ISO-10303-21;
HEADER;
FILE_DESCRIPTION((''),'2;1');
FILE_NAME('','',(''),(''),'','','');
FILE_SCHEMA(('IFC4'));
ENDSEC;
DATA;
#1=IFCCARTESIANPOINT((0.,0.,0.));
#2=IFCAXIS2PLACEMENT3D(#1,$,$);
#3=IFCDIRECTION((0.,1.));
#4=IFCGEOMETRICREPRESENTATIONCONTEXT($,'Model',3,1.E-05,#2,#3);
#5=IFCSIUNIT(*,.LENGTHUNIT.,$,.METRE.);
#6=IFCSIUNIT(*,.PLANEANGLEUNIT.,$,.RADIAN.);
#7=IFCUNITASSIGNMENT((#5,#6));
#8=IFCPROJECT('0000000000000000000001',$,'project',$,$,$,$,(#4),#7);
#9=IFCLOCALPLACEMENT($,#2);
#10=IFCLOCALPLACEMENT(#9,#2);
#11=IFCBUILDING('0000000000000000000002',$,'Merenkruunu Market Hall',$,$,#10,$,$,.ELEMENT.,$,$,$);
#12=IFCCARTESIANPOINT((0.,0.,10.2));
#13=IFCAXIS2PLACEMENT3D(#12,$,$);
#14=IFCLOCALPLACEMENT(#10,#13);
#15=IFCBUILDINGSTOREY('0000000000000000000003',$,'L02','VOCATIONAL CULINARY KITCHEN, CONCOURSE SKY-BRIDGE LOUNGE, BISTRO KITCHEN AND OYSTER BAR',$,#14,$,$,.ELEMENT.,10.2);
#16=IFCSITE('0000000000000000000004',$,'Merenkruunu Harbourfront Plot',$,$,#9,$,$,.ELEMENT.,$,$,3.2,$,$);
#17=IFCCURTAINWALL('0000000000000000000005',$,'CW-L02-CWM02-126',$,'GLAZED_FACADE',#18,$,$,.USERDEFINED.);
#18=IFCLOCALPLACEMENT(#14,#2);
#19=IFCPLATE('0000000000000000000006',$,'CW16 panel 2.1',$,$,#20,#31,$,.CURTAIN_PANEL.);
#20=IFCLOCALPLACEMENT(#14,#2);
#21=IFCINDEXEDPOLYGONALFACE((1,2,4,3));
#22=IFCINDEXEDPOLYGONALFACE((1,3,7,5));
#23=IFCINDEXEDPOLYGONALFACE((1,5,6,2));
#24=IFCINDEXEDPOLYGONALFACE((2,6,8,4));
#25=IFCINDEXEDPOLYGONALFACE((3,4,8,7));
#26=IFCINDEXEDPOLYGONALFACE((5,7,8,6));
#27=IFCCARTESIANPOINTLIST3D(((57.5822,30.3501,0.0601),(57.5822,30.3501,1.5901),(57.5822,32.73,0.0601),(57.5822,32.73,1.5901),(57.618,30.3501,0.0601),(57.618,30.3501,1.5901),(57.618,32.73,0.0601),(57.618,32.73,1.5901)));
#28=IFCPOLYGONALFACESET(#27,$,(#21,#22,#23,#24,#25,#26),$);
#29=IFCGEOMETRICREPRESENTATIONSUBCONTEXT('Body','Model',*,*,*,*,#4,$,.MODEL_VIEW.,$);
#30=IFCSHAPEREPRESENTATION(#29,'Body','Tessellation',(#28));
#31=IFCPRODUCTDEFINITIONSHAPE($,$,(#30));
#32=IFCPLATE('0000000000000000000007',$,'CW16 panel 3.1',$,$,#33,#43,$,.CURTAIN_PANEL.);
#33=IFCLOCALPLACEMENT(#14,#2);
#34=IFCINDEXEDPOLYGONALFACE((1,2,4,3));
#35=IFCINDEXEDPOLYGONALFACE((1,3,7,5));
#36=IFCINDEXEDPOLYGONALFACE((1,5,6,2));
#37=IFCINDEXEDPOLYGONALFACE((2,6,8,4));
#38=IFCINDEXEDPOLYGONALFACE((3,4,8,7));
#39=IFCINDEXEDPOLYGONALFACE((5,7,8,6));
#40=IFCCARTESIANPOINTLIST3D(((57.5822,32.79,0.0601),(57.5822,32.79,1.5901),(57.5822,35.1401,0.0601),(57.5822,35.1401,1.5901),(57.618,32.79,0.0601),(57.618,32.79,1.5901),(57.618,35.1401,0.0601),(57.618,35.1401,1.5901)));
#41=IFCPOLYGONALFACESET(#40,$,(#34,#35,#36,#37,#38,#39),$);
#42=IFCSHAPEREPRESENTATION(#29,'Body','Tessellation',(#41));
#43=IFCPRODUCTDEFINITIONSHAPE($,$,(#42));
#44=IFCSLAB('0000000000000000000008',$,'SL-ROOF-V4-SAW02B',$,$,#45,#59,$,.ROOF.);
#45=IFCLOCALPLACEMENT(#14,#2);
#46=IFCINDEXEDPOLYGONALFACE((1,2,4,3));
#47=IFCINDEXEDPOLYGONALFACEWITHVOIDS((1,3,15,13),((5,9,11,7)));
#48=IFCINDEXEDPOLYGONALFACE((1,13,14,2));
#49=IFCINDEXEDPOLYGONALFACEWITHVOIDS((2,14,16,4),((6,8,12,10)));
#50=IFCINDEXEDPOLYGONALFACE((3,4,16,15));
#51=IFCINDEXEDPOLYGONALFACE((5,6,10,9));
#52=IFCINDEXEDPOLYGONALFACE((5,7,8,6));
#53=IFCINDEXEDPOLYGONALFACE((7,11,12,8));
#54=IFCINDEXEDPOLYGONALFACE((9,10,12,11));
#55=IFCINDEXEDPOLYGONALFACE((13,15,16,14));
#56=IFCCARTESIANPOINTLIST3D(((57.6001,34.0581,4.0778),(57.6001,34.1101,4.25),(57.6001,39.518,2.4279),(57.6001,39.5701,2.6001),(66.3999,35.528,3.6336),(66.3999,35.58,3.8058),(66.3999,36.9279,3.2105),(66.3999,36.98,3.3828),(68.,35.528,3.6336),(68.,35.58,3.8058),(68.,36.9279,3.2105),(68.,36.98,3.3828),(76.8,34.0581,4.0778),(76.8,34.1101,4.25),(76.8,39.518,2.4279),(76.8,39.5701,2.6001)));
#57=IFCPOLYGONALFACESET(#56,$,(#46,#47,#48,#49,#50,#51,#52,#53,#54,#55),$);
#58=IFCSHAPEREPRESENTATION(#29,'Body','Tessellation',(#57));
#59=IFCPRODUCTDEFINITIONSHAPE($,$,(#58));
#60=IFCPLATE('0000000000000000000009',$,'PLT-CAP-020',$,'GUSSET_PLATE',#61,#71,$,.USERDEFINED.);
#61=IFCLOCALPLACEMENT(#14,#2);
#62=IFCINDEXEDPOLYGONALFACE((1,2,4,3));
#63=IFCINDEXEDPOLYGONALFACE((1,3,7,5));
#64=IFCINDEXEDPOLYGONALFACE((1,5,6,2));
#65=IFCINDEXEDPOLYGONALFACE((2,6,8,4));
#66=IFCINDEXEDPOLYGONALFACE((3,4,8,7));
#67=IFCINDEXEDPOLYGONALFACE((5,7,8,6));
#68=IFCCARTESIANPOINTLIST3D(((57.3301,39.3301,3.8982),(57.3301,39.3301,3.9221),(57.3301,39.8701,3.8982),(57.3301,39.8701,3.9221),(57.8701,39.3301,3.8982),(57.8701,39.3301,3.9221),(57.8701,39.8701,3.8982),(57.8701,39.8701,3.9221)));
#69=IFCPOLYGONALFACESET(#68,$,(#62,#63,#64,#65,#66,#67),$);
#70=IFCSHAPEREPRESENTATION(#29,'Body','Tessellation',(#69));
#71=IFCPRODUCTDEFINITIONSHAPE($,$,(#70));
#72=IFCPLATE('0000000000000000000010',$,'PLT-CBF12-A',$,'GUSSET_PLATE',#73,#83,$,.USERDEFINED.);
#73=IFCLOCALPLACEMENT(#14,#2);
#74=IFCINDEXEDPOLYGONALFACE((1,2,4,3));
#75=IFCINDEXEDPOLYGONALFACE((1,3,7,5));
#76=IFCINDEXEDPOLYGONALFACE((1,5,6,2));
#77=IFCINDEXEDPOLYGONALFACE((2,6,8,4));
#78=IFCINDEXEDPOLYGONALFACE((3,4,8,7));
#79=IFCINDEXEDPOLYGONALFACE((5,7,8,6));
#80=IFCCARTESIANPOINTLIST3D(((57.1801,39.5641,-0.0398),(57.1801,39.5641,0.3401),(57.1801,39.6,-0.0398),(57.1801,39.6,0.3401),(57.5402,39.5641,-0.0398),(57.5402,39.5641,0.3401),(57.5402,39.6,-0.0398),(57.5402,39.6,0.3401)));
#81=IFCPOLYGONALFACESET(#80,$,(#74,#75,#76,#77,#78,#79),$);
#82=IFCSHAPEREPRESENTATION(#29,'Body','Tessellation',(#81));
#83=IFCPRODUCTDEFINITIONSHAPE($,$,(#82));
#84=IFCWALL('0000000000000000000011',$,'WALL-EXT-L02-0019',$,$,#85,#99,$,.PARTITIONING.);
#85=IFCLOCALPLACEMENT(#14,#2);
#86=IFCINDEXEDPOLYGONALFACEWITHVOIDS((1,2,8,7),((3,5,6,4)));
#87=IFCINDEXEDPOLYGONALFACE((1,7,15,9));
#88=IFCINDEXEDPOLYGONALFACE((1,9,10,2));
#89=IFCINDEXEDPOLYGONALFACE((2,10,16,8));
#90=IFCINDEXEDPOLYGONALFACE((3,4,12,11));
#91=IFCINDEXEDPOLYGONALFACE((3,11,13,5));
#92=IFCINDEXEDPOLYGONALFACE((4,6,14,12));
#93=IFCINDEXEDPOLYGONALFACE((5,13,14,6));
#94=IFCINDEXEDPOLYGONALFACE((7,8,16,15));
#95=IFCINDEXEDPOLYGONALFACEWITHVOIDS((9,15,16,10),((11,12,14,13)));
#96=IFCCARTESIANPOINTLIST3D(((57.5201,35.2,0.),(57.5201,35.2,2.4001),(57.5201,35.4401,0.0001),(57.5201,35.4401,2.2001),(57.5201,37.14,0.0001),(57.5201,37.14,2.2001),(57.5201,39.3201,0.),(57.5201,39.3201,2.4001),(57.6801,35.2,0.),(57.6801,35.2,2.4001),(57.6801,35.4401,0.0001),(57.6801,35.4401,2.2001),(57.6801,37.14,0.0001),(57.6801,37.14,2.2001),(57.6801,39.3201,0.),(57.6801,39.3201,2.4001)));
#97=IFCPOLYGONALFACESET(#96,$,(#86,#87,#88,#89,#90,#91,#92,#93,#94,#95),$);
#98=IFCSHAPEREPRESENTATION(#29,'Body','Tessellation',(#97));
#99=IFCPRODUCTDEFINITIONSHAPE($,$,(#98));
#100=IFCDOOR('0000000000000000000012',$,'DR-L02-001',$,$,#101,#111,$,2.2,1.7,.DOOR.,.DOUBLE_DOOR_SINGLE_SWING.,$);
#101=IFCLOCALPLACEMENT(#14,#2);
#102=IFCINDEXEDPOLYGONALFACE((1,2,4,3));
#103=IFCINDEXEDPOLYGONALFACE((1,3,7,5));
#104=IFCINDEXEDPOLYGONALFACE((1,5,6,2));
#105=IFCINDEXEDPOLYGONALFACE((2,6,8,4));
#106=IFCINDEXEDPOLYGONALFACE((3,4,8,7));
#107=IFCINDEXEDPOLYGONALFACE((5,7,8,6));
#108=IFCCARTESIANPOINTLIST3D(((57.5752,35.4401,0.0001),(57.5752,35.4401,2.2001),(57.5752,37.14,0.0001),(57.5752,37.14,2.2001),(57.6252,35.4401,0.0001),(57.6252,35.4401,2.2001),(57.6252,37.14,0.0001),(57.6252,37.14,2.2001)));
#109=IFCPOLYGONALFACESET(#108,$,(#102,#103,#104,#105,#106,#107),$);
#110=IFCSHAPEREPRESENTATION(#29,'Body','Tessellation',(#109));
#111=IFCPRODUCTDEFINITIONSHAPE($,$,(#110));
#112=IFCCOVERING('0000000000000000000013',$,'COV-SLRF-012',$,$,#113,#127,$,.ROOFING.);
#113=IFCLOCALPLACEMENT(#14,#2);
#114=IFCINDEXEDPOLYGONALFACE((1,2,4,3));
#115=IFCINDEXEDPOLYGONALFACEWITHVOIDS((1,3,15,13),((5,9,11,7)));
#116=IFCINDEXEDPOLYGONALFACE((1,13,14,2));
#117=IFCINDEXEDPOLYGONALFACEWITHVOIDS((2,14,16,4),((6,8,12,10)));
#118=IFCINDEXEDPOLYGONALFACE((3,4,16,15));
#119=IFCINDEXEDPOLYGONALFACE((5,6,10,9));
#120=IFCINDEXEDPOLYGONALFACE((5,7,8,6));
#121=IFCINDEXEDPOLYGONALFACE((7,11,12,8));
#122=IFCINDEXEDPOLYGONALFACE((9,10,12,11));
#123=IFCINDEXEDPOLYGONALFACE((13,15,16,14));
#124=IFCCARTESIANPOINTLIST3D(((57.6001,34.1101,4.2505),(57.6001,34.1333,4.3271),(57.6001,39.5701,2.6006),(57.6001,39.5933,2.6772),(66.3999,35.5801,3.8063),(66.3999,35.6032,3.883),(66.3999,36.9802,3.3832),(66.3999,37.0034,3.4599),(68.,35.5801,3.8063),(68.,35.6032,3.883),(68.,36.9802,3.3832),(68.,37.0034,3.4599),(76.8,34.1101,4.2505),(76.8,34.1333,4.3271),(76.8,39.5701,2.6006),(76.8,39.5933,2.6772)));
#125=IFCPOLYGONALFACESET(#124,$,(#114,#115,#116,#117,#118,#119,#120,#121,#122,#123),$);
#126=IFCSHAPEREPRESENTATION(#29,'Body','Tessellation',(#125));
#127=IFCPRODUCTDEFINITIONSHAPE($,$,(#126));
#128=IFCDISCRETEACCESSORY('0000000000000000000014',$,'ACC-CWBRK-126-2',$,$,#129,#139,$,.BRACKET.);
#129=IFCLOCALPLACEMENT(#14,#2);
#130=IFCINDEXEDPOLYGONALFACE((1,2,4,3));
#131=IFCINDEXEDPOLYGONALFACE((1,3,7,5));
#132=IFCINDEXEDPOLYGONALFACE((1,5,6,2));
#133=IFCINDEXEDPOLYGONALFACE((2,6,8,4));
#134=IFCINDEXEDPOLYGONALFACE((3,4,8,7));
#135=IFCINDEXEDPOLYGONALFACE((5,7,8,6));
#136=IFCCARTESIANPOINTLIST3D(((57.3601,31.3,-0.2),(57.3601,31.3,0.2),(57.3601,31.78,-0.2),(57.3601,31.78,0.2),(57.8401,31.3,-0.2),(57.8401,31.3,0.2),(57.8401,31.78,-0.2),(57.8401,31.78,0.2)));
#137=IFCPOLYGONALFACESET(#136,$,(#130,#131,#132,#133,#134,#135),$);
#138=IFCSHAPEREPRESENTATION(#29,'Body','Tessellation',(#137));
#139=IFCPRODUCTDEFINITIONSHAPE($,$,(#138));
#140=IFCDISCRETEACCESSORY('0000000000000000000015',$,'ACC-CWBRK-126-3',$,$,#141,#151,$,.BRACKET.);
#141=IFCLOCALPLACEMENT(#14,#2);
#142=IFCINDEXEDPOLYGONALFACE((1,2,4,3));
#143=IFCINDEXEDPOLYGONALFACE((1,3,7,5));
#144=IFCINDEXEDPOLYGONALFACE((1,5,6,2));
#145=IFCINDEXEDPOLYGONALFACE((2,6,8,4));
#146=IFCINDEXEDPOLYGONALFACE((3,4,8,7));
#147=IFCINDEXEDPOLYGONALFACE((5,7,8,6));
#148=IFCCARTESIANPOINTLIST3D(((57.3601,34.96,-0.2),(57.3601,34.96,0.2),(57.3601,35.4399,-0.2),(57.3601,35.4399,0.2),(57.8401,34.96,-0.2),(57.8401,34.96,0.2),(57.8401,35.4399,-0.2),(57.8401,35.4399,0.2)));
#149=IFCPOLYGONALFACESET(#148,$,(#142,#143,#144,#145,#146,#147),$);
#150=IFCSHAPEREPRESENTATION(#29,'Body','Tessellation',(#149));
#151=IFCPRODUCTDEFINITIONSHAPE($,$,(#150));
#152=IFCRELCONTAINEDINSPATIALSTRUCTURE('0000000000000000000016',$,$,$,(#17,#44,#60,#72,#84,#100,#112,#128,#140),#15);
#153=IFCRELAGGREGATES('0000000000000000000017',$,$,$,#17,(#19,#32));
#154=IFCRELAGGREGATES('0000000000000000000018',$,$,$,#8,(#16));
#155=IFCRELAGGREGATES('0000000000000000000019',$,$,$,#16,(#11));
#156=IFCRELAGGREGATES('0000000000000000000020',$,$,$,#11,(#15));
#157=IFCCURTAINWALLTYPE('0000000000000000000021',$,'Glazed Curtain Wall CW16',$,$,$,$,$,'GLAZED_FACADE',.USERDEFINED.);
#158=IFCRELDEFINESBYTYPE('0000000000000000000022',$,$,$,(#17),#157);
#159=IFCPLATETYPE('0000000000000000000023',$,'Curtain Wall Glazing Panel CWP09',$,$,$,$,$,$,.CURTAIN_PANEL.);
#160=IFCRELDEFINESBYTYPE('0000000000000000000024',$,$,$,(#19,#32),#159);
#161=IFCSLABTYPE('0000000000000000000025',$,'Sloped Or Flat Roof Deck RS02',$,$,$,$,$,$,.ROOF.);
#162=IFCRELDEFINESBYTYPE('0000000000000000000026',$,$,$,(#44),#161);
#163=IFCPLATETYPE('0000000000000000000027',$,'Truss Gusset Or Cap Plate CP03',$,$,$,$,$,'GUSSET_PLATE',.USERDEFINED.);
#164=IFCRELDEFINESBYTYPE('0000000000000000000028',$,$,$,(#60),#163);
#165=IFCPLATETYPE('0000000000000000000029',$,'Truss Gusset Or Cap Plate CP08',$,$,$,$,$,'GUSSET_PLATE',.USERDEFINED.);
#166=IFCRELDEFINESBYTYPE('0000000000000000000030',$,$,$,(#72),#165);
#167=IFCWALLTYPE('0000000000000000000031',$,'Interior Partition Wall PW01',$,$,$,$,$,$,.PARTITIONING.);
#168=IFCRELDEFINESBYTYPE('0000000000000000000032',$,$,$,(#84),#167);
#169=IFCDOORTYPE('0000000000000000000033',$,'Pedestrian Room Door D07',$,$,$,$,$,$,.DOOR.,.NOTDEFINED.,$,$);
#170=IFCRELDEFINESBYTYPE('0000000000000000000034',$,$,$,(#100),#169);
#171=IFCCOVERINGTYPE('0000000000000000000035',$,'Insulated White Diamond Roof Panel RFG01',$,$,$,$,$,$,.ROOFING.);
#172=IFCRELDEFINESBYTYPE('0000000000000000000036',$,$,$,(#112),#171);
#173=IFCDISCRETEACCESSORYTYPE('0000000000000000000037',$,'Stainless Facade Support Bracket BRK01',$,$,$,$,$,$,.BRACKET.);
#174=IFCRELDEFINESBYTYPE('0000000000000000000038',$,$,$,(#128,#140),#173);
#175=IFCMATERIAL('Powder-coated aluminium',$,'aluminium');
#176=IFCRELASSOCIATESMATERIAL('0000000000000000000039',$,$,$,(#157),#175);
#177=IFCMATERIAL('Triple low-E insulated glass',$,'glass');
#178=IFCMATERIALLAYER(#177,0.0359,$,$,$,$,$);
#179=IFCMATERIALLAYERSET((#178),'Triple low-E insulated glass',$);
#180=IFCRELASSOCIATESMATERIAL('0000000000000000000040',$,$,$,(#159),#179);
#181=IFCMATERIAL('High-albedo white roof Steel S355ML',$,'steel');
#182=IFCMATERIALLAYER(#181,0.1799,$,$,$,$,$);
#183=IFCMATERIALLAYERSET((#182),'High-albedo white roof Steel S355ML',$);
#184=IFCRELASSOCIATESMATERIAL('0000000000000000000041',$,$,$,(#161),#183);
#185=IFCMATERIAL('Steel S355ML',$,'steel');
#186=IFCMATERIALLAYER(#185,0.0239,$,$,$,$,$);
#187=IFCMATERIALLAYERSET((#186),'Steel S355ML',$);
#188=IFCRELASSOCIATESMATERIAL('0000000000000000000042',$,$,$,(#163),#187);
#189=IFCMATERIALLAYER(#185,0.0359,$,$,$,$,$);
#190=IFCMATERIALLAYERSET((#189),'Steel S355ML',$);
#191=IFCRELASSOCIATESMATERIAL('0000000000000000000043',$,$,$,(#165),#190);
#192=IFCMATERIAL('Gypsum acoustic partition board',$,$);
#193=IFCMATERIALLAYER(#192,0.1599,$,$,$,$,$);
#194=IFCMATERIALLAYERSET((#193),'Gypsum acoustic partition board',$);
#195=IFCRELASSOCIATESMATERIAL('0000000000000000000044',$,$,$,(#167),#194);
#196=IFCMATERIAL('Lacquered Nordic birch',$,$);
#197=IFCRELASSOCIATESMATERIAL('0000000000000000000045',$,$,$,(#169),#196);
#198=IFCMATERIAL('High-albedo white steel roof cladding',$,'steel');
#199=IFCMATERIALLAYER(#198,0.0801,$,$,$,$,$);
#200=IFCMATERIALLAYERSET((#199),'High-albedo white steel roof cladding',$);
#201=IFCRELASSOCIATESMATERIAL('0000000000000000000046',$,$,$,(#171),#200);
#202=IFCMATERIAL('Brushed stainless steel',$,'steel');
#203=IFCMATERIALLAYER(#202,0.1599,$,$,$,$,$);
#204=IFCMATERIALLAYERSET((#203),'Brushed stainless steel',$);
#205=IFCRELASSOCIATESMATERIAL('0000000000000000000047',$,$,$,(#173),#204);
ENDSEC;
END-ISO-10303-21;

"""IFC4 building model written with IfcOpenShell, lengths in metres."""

from ifc_helpers import new_model, si_unit, direction, frame, frame_2d, origin, origin_2d, place, context, subcontext, project, spatial, polyline, rectangle, outline, extrude, material, layer, layer_set, type_object, element, fill, aggregate, save


model = new_model("IFC4")

# Units and contexts
model_context = context("Model", 3, precision=1e-05, world=origin(), true_north=direction((0.0, 1.0)))
body_context = subcontext(model_context, "Body", "Model", "MODEL_VIEW")
ifc_project = project(units=[si_unit("LENGTHUNIT", "METRE"), si_unit("PLANEANGLEUNIT", "RADIAN")], contexts=[model_context])

# Site, building, storey
site_placement = place(None, origin())
site = spatial("IfcSite", under=ifc_project, at=site_placement, Name="Merenkruunu Harbourfront Plot", CompositionType="ELEMENT", RefElevation=3.2)
building_placement = place(site_placement, origin())
building = spatial("IfcBuilding", under=site, at=building_placement, Name="Merenkruunu Market Hall", CompositionType="ELEMENT")
storey_placement = place(building_placement, frame((0.0, 0.0, 10.2)))
storey = spatial("IfcBuildingStorey", under=building, at=storey_placement, Name="L02", Description="VOCATIONAL CULINARY KITCHEN, CONCOURSE SKY-BRIDGE LOUNGE, BISTRO KITCHEN AND OYSTER BAR", CompositionType="ELEMENT", Elevation=10.2)

# Shared definitions
ifc_material_1 = material(Name="Steel S355ML", Category="steel")

# Curtain wall
ifc_material_2 = material(Name="Powder-coated aluminium", Category="aluminium")
curtain_wall_type = type_object("IfcCurtainWallType", Name="Glazed Curtain Wall CW16", ElementType="GLAZED_FACADE", PredefinedType="USERDEFINED", material=ifc_material_2)
curtain_wall_placement = place(storey_placement, origin())
curtain_wall = element("IfcCurtainWall", 1, at=curtain_wall_placement, inside=storey, type_object=curtain_wall_type, Name="CW-L02-CWM02-126", ObjectType="GLAZED_FACADE", PredefinedType="USERDEFINED")

# Plates
ifc_material_3 = material(Name="Triple low-E insulated glass", Category="glass")
ifc_layer_1 = layer(ifc_material_3, 0.0359)
ifc_layer_set_1 = layer_set([ifc_layer_1], Name="Triple low-E insulated glass")
plate_type_1 = type_object("IfcPlateType", Name="Curtain Wall Glazing Panel CWP09", PredefinedType="CURTAIN_PANEL", material=ifc_layer_set_1)
plate_1_placement = place(storey_placement, frame((57.6001, 31.54, 0.0601), z_axis=(0.0, 0.0, 1.0), x_axis=(0.0, 1.0, 0.0)))
plate_1 = element("IfcPlate", 2, at=plate_1_placement, type_object=plate_type_1, Name="CW16 panel 2.1", PredefinedType="CURTAIN_PANEL", context=body_context, shape_type="SweptSolid", body=[
    extrude(rectangle(XDim=2.3799, YDim=0.0359, at=origin_2d()), origin(), (0.0, 0.0, 1.0), 1.53),
])
plate_2_placement = place(storey_placement, frame((57.6001, 33.9651, 0.0601), z_axis=(0.0, 0.0, 1.0), x_axis=(0.0, 1.0, 0.0)))
plate_2 = element("IfcPlate", 3, at=plate_2_placement, type_object=plate_type_1, Name="CW16 panel 3.1", PredefinedType="CURTAIN_PANEL", context=body_context, shape_type="SweptSolid", body=[
    extrude(rectangle(XDim=2.3501, YDim=0.0359, at=origin_2d()), origin(), (0.0, 0.0, 1.0), 1.53),
])
aggregate(curtain_wall, [plate_1, plate_2])

# Slab
ifc_material_4 = material(Name="High-albedo white roof Steel S355ML", Category="steel")
ifc_layer_2 = layer(ifc_material_4, 0.1799)
ifc_layer_set_2 = layer_set([ifc_layer_2], Name="High-albedo white roof Steel S355ML")
slab_type = type_object("IfcSlabType", Name="Sloped Or Flat Roof Deck RS02", PredefinedType="ROOF", material=ifc_layer_set_2)
slab_placement = place(storey_placement, frame((57.6001, 34.1101, 4.25), z_axis=(0.0, 0.289264, 0.957249), x_axis=(1.0, 0.0, 0.0)))
element("IfcSlab", 4, at=slab_placement, inside=storey, type_object=slab_type, Name="SL-ROOF-V4-SAW02B", PredefinedType="ROOF", context=body_context, shape_type="SweptSolid", body=[
    extrude(outline(polyline([(0.0, 0.0), (19.2, 0.0), (19.2, 5.7038), (0.0, 5.7038), (0.0, 0.0)]), holes=[polyline([(8.7998, 1.5356), (10.3999, 1.5356), (10.3999, 2.998), (8.7998, 2.998), (8.7998, 1.5356)])]), origin(), (0.0, 0.0, -1.0), 0.1799),
])

# Plates
ifc_layer_3 = layer(ifc_material_1, 0.0239)
ifc_layer_set_3 = layer_set([ifc_layer_3], Name="Steel S355ML")
plate_type_2 = type_object("IfcPlateType", Name="Truss Gusset Or Cap Plate CP03", ElementType="GUSSET_PLATE", PredefinedType="USERDEFINED", material=ifc_layer_set_3)
plate_3_placement = place(storey_placement, frame((57.6001, 39.6001, 3.8982), z_axis=(0.0, 0.0, 1.0), x_axis=(1.0, 0.0, 0.0)))
element("IfcPlate", 5, at=plate_3_placement, inside=storey, type_object=plate_type_2, Name="PLT-CAP-020", ObjectType="GUSSET_PLATE", PredefinedType="USERDEFINED", context=body_context, shape_type="SweptSolid", body=[
    extrude(rectangle(XDim=0.54, YDim=0.54, at=origin_2d()), origin(), (0.0, 0.0, 1.0), 0.0239),
])
ifc_layer_4 = layer(ifc_material_1, 0.0359)
ifc_layer_set_4 = layer_set([ifc_layer_4], Name="Steel S355ML")
plate_type_3 = type_object("IfcPlateType", Name="Truss Gusset Or Cap Plate CP08", ElementType="GUSSET_PLATE", PredefinedType="USERDEFINED", material=ifc_layer_set_4)
plate_4_placement = place(storey_placement, frame((57.3601, 39.582, -0.0398), z_axis=(0.0, 0.0, 1.0), x_axis=(1.0, 0.0, 0.0)))
element("IfcPlate", 6, at=plate_4_placement, inside=storey, type_object=plate_type_3, Name="PLT-CBF12-A", ObjectType="GUSSET_PLATE", PredefinedType="USERDEFINED", context=body_context, shape_type="SweptSolid", body=[
    extrude(rectangle(XDim=0.3601, YDim=0.0359, at=origin_2d()), origin(), (0.0, 0.0, 1.0), 0.3799),
])

# Wall, opening, door
ifc_material_5 = material(Name="Gypsum acoustic partition board")
ifc_layer_5 = layer(ifc_material_5, 0.1599)
ifc_layer_set_5 = layer_set([ifc_layer_5], Name="Gypsum acoustic partition board")
wall_type = type_object("IfcWallType", Name="Interior Partition Wall PW01", PredefinedType="PARTITIONING", material=ifc_layer_set_5)
wall_placement = place(storey_placement, frame((57.6001, 35.2, 0.0), z_axis=(0.0, 0.0, 1.0), x_axis=(0.0, 1.0, 0.0)))
wall = element("IfcWall", 7, at=wall_placement, inside=storey, type_object=wall_type, Name="WALL-EXT-L02-0019", PredefinedType="PARTITIONING", context=body_context, shape_type="SweptSolid", body=[
    extrude(rectangle(XDim=4.1201, YDim=0.1599, at=frame_2d((2.0601, 0.0))), origin(), (0.0, 0.0, 1.0), 2.4001),
])
opening_placement = place(wall_placement, frame((0.24, 0.0, 0.0)))
opening = element("IfcOpeningElement", 8, at=opening_placement, cuts=wall, PredefinedType="OPENING", context=body_context, shape_type="SweptSolid", body=[
    extrude(rectangle(XDim=1.7, YDim=2.2, at=frame_2d((0.8501, 1.1001))), frame((0.0, 0.0898, 0.0), z_axis=(0.0, -1.0, 0.0), x_axis=(1.0, 0.0, 0.0)), (0.0, 0.0, 1.0), 0.1799),
])
ifc_material_6 = material(Name="Lacquered Nordic birch")
door_type = type_object("IfcDoorType", Name="Pedestrian Room Door D07", OperationType="NOTDEFINED", PredefinedType="DOOR", material=ifc_material_6)
door_placement = place(opening_placement, origin())
door = element("IfcDoor", 9, at=door_placement, inside=storey, type_object=door_type, Name="DR-L02-001", OperationType="DOUBLE_DOOR_SINGLE_SWING", OverallHeight=2.2, OverallWidth=1.7, PredefinedType="DOOR", context=body_context, shape_type="SweptSolid", body=[
    extrude(rectangle(XDim=1.7, YDim=2.2, at=frame_2d((0.8501, 1.1001))), frame((0.0, 0.0249, 0.0), z_axis=(0.0, -1.0, 0.0), x_axis=(1.0, 0.0, 0.0)), (0.0, 0.0, 1.0), 0.05),
])
fill(opening, door)

# Covering
ifc_material_7 = material(Name="High-albedo white steel roof cladding", Category="steel")
ifc_layer_6 = layer(ifc_material_7, 0.0801)
ifc_layer_set_6 = layer_set([ifc_layer_6], Name="High-albedo white steel roof cladding")
covering_type = type_object("IfcCoveringType", Name="Insulated White Diamond Roof Panel RFG01", PredefinedType="ROOFING", material=ifc_layer_set_6)
covering_placement = place(storey_placement, frame((57.6001, 34.1333, 4.3271), z_axis=(0.0, 0.289264, 0.957249), x_axis=(1.0, 0.0, 0.0)))
element("IfcCovering", 10, at=covering_placement, inside=storey, type_object=covering_type, Name="COV-SLRF-012", PredefinedType="ROOFING", context=body_context, shape_type="SweptSolid", body=[
    extrude(outline(polyline([(0.0, 0.0), (19.2, 0.0), (19.2, 5.7038), (0.0, 5.7038), (0.0, 0.0)]), holes=[polyline([(8.7998, 1.5356), (10.3999, 1.5356), (10.3999, 2.9983), (8.7998, 2.9983), (8.7998, 1.5356)])]), origin(), (0.0, 0.0, -1.0), 0.0801),
])

# Discrete accessories
ifc_material_8 = material(Name="Brushed stainless steel", Category="steel")
ifc_layer_7 = layer(ifc_material_8, 0.1599)
ifc_layer_set_7 = layer_set([ifc_layer_7], Name="Brushed stainless steel")
discrete_accessory_type = type_object("IfcDiscreteAccessoryType", Name="Stainless Facade Support Bracket BRK01", PredefinedType="BRACKET", material=ifc_layer_set_7)
for number, where, z_axis, x_axis, name in (
    (11, (57.6001, 31.54, -0.2), (0.0, 0.0, 1.0), (1.0, 0.0, 0.0), "ACC-CWBRK-126-2"),
    (12, (57.6001, 35.2, -0.2), (0.0, 0.0, 1.0), (1.0, 0.0, 0.0), "ACC-CWBRK-126-3"),
):
    element("IfcDiscreteAccessory", number, at=place(storey_placement, frame(where, z_axis=z_axis, x_axis=x_axis)), inside=storey, type_object=discrete_accessory_type, Name=name, PredefinedType="BRACKET", context=body_context, shape_type="SweptSolid", body=[
        extrude(rectangle(XDim=0.48, YDim=0.48, at=origin_2d()), origin(), (0.0, 0.0, 1.0), 0.3999),
    ])

save(model, "model.ifc")
